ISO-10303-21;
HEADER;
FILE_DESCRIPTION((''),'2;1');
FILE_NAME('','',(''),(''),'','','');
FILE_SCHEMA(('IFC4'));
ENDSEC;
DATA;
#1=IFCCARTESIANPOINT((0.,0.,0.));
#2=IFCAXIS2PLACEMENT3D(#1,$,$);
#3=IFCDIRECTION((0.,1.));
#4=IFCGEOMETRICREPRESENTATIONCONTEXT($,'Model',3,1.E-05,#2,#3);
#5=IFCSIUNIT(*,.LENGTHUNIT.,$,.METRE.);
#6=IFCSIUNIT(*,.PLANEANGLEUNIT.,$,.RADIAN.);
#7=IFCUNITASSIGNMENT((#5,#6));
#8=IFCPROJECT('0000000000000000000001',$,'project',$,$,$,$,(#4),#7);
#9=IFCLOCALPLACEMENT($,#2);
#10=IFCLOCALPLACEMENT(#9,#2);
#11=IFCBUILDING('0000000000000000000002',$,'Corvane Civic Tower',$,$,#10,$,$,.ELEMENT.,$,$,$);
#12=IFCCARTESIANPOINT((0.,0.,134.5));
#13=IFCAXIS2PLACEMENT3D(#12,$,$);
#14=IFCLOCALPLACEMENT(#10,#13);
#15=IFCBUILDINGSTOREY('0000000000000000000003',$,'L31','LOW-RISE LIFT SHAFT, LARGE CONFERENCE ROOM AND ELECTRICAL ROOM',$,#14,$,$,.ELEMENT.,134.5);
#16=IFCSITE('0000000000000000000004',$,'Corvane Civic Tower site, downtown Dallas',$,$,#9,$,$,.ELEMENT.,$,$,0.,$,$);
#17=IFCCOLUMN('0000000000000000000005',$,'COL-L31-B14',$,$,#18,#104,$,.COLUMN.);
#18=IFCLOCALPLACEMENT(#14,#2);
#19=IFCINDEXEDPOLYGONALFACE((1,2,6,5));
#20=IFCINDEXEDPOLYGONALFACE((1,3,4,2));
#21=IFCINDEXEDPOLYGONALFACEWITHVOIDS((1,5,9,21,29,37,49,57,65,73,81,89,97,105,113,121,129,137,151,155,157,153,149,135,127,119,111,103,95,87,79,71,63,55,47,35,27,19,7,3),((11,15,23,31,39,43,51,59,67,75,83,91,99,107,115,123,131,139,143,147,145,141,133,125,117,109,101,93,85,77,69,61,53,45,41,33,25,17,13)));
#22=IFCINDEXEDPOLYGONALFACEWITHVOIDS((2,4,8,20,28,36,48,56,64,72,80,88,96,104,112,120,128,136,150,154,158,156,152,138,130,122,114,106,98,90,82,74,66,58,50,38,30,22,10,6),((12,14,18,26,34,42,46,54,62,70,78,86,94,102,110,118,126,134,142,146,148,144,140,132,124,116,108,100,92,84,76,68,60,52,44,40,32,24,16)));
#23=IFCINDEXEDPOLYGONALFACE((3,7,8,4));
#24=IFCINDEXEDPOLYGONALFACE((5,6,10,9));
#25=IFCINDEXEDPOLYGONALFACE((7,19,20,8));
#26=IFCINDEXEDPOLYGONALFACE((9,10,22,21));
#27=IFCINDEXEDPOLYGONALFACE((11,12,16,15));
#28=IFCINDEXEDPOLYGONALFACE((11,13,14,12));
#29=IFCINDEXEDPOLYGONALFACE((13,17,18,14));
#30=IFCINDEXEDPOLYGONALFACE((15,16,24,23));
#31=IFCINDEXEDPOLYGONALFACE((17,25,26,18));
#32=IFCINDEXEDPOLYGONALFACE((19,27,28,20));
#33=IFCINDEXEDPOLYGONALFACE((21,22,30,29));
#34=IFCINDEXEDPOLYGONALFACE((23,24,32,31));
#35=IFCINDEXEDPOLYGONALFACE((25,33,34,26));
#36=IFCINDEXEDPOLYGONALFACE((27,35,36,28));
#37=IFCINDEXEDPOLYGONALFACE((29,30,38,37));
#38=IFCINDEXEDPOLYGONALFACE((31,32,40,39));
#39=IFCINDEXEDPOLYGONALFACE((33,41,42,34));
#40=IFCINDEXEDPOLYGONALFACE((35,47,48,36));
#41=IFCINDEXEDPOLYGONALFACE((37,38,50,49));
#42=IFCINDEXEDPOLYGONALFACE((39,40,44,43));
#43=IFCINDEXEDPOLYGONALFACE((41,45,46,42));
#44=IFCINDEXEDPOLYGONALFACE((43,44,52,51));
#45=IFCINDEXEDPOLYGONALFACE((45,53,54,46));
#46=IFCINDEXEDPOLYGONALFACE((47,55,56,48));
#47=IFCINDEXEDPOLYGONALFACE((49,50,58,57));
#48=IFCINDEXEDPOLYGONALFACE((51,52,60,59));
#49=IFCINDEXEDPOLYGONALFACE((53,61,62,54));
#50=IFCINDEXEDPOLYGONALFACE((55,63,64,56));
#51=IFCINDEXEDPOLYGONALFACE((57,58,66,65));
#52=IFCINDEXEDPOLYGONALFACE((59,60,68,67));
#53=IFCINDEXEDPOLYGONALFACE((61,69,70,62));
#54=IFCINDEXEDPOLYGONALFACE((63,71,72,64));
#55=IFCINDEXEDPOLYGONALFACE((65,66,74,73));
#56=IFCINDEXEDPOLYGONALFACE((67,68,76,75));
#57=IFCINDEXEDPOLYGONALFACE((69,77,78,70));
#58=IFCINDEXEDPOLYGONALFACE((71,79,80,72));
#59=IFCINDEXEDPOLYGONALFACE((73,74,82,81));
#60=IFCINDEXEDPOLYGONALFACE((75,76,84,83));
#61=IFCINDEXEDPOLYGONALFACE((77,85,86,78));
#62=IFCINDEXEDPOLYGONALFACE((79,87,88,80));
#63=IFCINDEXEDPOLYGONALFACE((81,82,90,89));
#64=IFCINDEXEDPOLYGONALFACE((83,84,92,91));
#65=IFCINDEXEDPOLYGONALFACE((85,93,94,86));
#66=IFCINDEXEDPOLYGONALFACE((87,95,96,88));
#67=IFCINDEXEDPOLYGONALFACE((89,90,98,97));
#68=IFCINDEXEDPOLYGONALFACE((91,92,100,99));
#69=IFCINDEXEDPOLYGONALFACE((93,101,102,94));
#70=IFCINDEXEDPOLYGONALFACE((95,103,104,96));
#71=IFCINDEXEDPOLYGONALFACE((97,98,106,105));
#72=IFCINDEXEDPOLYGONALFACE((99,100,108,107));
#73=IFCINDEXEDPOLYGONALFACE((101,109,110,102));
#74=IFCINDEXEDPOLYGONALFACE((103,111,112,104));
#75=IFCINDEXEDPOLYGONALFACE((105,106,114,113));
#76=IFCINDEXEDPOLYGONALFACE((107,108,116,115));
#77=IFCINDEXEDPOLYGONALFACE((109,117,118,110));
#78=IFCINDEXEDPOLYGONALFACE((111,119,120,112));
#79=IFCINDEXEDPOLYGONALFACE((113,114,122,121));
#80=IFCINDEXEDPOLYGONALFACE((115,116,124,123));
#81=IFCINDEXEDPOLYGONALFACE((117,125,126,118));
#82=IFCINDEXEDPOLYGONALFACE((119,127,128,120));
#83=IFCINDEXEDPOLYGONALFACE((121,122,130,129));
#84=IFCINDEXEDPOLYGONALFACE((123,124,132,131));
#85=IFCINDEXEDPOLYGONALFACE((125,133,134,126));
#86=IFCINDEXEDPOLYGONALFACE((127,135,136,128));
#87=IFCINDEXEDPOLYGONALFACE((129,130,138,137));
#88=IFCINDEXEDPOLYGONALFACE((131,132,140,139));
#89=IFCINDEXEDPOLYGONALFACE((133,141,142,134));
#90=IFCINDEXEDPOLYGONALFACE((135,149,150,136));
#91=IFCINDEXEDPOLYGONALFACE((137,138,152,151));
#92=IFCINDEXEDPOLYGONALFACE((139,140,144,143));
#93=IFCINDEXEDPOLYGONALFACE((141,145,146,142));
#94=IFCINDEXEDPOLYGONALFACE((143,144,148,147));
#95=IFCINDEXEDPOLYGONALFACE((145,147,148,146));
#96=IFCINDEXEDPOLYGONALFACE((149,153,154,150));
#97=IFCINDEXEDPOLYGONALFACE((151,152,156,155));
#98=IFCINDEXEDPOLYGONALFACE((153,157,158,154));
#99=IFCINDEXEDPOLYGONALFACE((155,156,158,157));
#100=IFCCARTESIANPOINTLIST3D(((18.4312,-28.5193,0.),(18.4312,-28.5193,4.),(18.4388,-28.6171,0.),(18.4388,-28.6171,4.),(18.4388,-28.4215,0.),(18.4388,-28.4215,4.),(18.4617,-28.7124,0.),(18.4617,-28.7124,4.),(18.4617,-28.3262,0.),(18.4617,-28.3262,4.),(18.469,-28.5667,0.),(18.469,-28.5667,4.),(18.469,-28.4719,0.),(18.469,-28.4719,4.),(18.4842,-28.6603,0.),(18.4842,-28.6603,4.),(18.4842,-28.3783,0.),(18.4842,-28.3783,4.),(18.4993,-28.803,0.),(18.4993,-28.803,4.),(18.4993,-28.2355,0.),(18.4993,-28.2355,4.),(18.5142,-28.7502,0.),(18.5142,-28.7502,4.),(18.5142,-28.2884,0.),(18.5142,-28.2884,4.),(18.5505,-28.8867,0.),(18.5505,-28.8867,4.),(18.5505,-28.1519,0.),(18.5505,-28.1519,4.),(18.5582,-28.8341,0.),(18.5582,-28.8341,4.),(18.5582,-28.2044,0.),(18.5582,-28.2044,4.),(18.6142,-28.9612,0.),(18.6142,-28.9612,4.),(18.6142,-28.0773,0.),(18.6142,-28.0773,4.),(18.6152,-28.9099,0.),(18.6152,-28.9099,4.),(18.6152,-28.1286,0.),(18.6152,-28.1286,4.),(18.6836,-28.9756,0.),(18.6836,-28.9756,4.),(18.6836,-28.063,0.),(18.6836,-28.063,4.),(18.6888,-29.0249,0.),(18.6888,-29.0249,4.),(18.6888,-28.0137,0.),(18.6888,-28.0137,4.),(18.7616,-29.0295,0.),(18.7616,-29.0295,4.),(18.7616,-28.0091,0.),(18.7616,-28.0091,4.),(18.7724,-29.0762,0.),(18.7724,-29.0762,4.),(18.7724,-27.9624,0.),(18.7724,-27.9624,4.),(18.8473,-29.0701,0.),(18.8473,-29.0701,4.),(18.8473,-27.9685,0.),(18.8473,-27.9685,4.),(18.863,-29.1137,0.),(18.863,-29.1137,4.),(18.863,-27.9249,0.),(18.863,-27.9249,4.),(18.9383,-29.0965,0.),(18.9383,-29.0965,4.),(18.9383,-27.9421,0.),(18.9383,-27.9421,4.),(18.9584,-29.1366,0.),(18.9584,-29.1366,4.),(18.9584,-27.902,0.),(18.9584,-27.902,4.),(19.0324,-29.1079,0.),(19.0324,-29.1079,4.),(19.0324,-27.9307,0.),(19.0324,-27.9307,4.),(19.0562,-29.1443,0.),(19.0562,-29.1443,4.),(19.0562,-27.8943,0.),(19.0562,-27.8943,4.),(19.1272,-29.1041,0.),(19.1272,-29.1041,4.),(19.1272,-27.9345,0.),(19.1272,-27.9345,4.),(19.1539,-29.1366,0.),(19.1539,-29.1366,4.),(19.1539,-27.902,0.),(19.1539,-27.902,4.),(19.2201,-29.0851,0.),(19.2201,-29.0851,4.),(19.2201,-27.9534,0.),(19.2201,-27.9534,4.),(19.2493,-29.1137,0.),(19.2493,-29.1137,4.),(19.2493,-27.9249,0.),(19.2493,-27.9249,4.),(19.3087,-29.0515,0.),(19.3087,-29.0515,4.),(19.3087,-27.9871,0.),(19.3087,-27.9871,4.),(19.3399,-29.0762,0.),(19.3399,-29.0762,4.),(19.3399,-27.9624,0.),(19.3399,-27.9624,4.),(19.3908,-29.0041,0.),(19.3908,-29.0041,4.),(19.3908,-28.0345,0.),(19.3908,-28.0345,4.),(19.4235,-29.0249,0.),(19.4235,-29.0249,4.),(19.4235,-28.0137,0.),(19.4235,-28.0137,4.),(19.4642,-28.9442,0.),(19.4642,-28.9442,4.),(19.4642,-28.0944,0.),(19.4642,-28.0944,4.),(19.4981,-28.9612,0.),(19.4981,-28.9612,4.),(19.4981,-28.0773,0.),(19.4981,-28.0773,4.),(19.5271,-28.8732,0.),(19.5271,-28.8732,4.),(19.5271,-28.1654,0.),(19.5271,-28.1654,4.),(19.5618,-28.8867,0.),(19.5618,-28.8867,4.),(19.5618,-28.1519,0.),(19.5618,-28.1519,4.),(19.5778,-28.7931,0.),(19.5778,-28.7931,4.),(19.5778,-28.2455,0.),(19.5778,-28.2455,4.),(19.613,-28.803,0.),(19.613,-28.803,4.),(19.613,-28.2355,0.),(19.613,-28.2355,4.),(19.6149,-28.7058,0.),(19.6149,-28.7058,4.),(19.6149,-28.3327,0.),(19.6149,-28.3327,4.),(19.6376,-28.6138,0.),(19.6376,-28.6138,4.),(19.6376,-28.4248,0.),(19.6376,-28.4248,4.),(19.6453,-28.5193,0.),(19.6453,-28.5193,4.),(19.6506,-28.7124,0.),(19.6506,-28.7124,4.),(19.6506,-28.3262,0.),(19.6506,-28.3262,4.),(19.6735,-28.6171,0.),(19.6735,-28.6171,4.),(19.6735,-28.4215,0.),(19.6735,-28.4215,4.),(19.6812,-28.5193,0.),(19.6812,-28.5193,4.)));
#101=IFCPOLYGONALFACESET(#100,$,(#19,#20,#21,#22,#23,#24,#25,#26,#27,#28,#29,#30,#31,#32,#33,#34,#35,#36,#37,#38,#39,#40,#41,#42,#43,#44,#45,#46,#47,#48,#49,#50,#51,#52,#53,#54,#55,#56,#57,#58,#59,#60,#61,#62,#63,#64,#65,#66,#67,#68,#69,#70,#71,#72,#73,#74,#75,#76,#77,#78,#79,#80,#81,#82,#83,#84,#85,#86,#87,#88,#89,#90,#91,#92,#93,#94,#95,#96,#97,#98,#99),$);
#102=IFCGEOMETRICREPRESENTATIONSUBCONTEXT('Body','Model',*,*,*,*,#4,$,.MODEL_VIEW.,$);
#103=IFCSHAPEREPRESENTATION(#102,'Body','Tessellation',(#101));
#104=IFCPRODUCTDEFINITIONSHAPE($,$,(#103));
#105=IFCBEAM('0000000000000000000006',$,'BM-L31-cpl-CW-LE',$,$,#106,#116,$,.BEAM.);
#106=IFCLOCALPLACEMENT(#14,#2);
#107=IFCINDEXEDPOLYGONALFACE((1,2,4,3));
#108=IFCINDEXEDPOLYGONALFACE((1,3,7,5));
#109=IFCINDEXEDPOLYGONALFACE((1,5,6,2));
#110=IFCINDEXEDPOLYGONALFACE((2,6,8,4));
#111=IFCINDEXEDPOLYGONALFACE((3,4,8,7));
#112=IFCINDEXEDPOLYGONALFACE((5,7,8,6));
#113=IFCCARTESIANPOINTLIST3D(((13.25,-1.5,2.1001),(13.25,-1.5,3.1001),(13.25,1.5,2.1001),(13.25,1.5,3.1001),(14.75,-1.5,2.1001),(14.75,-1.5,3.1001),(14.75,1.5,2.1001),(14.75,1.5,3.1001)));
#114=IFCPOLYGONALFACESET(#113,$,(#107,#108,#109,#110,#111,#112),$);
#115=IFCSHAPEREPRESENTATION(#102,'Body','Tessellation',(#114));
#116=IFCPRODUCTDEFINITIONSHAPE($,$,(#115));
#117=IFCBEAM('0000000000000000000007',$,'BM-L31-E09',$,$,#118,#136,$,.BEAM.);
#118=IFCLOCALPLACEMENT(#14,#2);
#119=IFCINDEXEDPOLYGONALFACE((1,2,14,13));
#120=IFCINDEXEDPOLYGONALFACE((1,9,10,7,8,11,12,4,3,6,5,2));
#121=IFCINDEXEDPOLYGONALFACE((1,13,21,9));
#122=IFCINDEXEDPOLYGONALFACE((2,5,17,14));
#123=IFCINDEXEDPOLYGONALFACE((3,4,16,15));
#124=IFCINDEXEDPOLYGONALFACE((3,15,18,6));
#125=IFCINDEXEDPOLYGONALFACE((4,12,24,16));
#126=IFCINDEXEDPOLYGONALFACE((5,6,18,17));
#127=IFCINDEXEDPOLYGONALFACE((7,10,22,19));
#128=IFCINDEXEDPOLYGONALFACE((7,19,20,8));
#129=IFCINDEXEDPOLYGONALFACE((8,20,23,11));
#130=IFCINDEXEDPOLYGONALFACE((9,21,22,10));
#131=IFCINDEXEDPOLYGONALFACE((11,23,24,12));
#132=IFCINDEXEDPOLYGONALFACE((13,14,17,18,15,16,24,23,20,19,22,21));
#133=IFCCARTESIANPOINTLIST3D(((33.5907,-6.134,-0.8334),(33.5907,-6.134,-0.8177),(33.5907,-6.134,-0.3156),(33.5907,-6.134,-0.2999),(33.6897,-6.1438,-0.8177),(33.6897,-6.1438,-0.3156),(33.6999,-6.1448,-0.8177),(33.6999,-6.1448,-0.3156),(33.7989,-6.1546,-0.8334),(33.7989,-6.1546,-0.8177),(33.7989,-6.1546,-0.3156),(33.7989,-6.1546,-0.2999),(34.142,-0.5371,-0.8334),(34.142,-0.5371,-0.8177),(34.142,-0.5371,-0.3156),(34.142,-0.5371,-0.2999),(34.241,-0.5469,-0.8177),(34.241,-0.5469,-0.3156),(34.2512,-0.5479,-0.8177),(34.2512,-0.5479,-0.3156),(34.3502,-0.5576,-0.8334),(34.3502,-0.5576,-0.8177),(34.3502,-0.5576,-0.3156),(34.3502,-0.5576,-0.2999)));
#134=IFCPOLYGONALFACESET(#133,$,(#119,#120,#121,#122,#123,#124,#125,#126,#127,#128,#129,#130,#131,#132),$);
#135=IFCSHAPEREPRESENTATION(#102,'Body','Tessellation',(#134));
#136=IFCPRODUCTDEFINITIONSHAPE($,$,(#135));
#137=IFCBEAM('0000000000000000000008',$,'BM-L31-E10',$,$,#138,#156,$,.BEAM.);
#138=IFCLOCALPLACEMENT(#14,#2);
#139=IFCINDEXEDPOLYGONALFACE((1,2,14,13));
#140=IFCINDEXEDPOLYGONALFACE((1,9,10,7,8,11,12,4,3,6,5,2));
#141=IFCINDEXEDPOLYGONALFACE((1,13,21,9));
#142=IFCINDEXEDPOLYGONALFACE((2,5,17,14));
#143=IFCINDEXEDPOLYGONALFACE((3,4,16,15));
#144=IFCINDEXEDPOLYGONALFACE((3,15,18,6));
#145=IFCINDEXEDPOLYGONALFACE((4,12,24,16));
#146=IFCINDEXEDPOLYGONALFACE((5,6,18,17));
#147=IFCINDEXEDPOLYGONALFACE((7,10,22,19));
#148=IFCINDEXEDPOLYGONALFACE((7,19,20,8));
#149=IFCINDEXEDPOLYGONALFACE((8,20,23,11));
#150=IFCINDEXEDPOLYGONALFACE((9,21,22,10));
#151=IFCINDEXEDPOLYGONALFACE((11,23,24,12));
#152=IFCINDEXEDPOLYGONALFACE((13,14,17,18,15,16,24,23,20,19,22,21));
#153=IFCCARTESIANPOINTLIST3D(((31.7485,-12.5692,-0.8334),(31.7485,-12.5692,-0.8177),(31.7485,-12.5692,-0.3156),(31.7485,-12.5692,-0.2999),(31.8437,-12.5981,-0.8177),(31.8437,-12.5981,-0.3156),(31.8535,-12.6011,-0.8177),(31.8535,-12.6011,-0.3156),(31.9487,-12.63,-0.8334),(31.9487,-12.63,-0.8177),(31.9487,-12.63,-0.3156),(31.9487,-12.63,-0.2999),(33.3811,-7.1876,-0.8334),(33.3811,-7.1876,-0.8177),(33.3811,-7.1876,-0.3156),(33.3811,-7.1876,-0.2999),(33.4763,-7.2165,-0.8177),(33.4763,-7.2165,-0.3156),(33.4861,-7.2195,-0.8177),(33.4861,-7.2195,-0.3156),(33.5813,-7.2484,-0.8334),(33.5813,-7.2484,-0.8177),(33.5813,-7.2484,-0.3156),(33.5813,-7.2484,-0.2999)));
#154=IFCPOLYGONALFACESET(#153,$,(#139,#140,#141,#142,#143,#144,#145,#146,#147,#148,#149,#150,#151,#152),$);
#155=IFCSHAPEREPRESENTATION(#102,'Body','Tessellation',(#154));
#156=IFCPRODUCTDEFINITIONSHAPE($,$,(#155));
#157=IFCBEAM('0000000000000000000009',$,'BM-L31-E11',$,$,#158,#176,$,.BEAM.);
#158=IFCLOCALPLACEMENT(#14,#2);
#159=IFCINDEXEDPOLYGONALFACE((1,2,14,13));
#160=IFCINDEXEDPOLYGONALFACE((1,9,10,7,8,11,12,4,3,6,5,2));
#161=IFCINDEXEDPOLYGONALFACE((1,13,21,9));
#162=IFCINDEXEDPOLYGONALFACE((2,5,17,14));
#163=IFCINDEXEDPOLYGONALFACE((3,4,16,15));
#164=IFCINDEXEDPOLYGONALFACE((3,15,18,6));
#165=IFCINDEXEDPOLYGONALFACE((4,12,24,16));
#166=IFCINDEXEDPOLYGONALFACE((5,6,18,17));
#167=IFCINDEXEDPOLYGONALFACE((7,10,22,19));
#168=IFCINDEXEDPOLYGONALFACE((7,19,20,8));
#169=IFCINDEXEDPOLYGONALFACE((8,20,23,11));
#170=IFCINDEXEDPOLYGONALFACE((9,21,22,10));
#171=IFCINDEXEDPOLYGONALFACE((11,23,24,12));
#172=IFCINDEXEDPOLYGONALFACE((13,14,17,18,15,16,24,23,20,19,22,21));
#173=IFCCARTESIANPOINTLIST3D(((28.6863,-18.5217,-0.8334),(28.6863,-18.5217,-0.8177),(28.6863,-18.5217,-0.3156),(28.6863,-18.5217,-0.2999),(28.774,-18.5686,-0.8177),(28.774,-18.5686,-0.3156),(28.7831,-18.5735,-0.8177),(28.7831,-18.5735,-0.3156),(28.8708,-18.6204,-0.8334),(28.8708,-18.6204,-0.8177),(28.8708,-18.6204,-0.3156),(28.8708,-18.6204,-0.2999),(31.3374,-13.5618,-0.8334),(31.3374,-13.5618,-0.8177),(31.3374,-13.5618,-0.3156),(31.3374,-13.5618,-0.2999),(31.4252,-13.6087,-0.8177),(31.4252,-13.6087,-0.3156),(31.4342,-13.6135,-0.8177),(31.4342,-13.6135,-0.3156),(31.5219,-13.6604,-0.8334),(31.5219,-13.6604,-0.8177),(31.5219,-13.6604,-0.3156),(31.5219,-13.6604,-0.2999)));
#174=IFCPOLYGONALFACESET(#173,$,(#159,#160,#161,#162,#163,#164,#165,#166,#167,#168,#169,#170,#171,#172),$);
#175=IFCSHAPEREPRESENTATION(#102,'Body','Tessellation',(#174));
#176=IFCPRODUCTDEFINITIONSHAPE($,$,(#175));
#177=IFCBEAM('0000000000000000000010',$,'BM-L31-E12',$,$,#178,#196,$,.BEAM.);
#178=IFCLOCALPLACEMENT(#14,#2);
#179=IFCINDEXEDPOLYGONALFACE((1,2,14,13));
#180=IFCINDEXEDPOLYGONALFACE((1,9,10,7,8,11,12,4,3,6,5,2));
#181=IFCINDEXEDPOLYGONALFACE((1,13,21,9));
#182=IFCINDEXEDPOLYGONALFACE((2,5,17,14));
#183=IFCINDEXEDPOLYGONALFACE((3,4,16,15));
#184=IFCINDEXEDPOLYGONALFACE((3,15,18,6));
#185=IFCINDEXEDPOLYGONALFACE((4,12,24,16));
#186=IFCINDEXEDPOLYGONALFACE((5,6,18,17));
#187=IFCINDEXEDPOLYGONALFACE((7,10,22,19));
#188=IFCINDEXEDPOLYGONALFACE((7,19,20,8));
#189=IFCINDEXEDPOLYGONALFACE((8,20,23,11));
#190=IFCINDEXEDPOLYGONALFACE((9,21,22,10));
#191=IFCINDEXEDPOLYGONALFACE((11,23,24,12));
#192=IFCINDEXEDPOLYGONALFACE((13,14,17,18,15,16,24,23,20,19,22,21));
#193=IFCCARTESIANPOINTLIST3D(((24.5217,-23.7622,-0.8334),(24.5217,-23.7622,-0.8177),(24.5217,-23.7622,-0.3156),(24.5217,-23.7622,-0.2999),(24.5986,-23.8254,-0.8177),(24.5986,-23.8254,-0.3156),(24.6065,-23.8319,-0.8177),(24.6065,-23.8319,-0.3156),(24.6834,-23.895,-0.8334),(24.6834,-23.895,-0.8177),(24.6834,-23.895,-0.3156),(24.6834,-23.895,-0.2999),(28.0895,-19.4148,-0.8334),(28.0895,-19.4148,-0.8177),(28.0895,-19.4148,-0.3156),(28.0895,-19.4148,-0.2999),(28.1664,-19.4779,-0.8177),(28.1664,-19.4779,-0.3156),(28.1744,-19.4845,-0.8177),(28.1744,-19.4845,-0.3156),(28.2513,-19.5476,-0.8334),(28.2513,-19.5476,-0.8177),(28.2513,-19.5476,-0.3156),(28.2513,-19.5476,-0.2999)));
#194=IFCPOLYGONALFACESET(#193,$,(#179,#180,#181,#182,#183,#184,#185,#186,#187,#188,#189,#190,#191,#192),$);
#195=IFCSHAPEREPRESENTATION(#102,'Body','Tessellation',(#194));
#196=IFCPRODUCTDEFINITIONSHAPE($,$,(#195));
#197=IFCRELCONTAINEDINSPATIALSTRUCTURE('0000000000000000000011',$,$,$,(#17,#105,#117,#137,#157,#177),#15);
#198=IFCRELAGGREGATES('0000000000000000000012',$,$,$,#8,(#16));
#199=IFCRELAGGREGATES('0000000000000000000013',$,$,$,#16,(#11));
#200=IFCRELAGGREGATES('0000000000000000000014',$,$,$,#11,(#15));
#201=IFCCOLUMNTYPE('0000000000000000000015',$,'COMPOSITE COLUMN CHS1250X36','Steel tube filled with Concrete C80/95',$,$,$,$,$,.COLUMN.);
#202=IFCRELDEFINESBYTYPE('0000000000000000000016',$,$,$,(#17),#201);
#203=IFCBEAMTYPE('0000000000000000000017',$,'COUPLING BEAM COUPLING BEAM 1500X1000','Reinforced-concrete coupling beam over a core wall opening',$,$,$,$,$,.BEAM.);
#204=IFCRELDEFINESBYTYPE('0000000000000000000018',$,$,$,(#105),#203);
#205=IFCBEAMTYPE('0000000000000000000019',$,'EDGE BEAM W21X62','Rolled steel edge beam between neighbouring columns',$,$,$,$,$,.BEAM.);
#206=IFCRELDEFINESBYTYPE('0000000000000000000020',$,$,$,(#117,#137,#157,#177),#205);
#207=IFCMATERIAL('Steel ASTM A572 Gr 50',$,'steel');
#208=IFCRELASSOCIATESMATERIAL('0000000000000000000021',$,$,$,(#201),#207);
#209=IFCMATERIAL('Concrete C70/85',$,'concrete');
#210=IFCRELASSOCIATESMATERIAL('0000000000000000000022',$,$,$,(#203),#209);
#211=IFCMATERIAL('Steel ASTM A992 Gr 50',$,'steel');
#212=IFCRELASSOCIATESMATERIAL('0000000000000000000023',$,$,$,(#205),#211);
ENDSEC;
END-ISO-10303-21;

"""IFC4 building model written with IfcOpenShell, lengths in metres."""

from ifc_helpers import new_model, si_unit, direction, frame, origin, origin_2d, place, context, subcontext, project, spatial, rectangle, hollow_circle, i_section, extrude, material, material_profile, profile_set, type_object, element, save


model = new_model("IFC4")

# Units and contexts
model_context = context("Model", 3, precision=1e-05, world=origin(), true_north=direction((0.0, 1.0)))
body_context = subcontext(model_context, "Body", "Model", "MODEL_VIEW")
ifc_project = project(units=[si_unit("LENGTHUNIT", "METRE"), si_unit("PLANEANGLEUNIT", "RADIAN")], contexts=[model_context])

# Site, building, storey
site_placement = place(None, origin())
site = spatial("IfcSite", under=ifc_project, at=site_placement, Name="Corvane Civic Tower site, downtown Dallas", CompositionType="ELEMENT", RefElevation=0.0)
building_placement = place(site_placement, origin())
building = spatial("IfcBuilding", under=site, at=building_placement, Name="Corvane Civic Tower", CompositionType="ELEMENT")
storey_placement = place(building_placement, frame((0.0, 0.0, 134.5)))
storey = spatial("IfcBuildingStorey", under=building, at=storey_placement, Name="L31", Description="LOW-RISE LIFT SHAFT, LARGE CONFERENCE ROOM AND ELECTRICAL ROOM", CompositionType="ELEMENT", Elevation=134.5)

# Column
ifc_material_1 = material(Name="Steel ASTM A572 Gr 50", Category="steel")
ifc_material_profile_1 = material_profile(ifc_material_1, hollow_circle(Radius=0.625, WallThickness=0.0359, at=origin_2d()), Name="CHS1250X36")
ifc_profile_set_1 = profile_set([ifc_material_profile_1], Name="Steel ASTM A572 Gr 50")
column_type = type_object("IfcColumnType", Name="COMPOSITE COLUMN CHS1250X36", Description="Steel tube filled with Concrete C80/95", PredefinedType="COLUMN", material=ifc_profile_set_1)
for number, where, z_axis, x_axis, name in (
    (1, (19.0562, -28.5193, 0.0), (0.0, 0.0, 1.0), (1.0, 0.0, 0.0), "COL-L31-B14"),
):
    element("IfcColumn", number, at=place(storey_placement, frame(where, z_axis=z_axis, x_axis=x_axis)), inside=storey, type_object=column_type, Name=name, PredefinedType="COLUMN", context=body_context, shape_type="SweptSolid", body=[
        extrude(hollow_circle(Radius=0.625, WallThickness=0.0359, at=origin_2d()), origin(), (0.0, 0.0, 1.0), 4.0),
    ])

# Beams
ifc_material_2 = material(Name="Concrete C70/85", Category="concrete")
ifc_material_profile_2 = material_profile(ifc_material_2, rectangle(XDim=1.5, YDim=1.0, at=origin_2d()), Name="COUPLING BEAM 1500X1000")
ifc_profile_set_2 = profile_set([ifc_material_profile_2], Name="Concrete C70/85")
beam_type_1 = type_object("IfcBeamType", Name="COUPLING BEAM COUPLING BEAM 1500X1000", Description="Reinforced-concrete coupling beam over a core wall opening", PredefinedType="BEAM", material=ifc_profile_set_2)
beam_1_placement = place(storey_placement, frame((14.0, -1.5, 2.6001), z_axis=(0.0, 1.0, 0.0), x_axis=(-1.0, 0.0, 0.0)))
element("IfcBeam", 2, at=beam_1_placement, inside=storey, type_object=beam_type_1, Name="BM-L31-cpl-CW-LE", PredefinedType="BEAM", context=body_context, shape_type="SweptSolid", body=[
    extrude(rectangle(XDim=1.5, YDim=1.0, at=origin_2d()), origin(), (0.0, 0.0, 1.0), 3.0),
])
ifc_material_3 = material(Name="Steel ASTM A992 Gr 50", Category="steel")
ifc_material_profile_3 = material_profile(ifc_material_3, i_section(OverallWidth=0.2092, OverallDepth=0.5334, WebThickness=0.0103, FlangeThickness=0.0156, at=origin_2d()), Name="W21X62")
ifc_profile_set_3 = profile_set([ifc_material_profile_3], Name="Steel ASTM A992 Gr 50")
beam_type_2 = type_object("IfcBeamType", Name="EDGE BEAM W21X62", Description="Rolled steel edge beam between neighbouring columns", PredefinedType="BEAM", material=ifc_profile_set_3)
beam_2_placement = place(storey_placement, frame((34.2461, -0.5474, -0.5667), z_axis=(-0.098021, -0.995184, 0.0), x_axis=(0.995184, -0.098021, 0.0)))
element("IfcBeam", 3, at=beam_2_placement, inside=storey, type_object=beam_type_2, Name="BM-L31-E09", PredefinedType="BEAM", context=body_context, shape_type="SweptSolid", body=[
    extrude(i_section(OverallWidth=0.2092, OverallDepth=0.5334, WebThickness=0.0103, FlangeThickness=0.0156, at=origin_2d()), origin(), (0.0, 0.0, 1.0), 5.624),
])
beam_3_placement = place(storey_placement, frame((33.4812, -7.218, -0.5667), z_axis=(-0.290298, -0.956936, 0.0), x_axis=(0.956936, -0.290298, 0.0)))
element("IfcBeam", 4, at=beam_3_placement, inside=storey, type_object=beam_type_2, Name="BM-L31-E10", PredefinedType="BEAM", context=body_context, shape_type="SweptSolid", body=[
    extrude(i_section(OverallWidth=0.2092, OverallDepth=0.5334, WebThickness=0.0103, FlangeThickness=0.0156, at=origin_2d()), origin(), (0.0, 0.0, 1.0), 5.6238),
])
for number, where, z_axis, x_axis, name in (
    (5, (31.4297, -13.6111, -0.5667), (-0.471392, -0.881924, 0.0), (0.881924, -0.471392, 0.0), "BM-L31-E11"),
    (6, (28.1704, -19.4812, -0.5667), (-0.634398, -0.773007, 0.0), (0.773007, -0.634398, 0.0), "BM-L31-E12"),
):
    element("IfcBeam", number, at=place(storey_placement, frame(where, z_axis=z_axis, x_axis=x_axis)), inside=storey, type_object=beam_type_2, Name=name, PredefinedType="BEAM", context=body_context, shape_type="SweptSolid", body=[
        extrude(i_section(OverallWidth=0.2092, OverallDepth=0.5334, WebThickness=0.0103, FlangeThickness=0.0156, at=origin_2d()), origin(), (0.0, 0.0, 1.0), 5.624),
    ])

save(model, "model.ifc")
